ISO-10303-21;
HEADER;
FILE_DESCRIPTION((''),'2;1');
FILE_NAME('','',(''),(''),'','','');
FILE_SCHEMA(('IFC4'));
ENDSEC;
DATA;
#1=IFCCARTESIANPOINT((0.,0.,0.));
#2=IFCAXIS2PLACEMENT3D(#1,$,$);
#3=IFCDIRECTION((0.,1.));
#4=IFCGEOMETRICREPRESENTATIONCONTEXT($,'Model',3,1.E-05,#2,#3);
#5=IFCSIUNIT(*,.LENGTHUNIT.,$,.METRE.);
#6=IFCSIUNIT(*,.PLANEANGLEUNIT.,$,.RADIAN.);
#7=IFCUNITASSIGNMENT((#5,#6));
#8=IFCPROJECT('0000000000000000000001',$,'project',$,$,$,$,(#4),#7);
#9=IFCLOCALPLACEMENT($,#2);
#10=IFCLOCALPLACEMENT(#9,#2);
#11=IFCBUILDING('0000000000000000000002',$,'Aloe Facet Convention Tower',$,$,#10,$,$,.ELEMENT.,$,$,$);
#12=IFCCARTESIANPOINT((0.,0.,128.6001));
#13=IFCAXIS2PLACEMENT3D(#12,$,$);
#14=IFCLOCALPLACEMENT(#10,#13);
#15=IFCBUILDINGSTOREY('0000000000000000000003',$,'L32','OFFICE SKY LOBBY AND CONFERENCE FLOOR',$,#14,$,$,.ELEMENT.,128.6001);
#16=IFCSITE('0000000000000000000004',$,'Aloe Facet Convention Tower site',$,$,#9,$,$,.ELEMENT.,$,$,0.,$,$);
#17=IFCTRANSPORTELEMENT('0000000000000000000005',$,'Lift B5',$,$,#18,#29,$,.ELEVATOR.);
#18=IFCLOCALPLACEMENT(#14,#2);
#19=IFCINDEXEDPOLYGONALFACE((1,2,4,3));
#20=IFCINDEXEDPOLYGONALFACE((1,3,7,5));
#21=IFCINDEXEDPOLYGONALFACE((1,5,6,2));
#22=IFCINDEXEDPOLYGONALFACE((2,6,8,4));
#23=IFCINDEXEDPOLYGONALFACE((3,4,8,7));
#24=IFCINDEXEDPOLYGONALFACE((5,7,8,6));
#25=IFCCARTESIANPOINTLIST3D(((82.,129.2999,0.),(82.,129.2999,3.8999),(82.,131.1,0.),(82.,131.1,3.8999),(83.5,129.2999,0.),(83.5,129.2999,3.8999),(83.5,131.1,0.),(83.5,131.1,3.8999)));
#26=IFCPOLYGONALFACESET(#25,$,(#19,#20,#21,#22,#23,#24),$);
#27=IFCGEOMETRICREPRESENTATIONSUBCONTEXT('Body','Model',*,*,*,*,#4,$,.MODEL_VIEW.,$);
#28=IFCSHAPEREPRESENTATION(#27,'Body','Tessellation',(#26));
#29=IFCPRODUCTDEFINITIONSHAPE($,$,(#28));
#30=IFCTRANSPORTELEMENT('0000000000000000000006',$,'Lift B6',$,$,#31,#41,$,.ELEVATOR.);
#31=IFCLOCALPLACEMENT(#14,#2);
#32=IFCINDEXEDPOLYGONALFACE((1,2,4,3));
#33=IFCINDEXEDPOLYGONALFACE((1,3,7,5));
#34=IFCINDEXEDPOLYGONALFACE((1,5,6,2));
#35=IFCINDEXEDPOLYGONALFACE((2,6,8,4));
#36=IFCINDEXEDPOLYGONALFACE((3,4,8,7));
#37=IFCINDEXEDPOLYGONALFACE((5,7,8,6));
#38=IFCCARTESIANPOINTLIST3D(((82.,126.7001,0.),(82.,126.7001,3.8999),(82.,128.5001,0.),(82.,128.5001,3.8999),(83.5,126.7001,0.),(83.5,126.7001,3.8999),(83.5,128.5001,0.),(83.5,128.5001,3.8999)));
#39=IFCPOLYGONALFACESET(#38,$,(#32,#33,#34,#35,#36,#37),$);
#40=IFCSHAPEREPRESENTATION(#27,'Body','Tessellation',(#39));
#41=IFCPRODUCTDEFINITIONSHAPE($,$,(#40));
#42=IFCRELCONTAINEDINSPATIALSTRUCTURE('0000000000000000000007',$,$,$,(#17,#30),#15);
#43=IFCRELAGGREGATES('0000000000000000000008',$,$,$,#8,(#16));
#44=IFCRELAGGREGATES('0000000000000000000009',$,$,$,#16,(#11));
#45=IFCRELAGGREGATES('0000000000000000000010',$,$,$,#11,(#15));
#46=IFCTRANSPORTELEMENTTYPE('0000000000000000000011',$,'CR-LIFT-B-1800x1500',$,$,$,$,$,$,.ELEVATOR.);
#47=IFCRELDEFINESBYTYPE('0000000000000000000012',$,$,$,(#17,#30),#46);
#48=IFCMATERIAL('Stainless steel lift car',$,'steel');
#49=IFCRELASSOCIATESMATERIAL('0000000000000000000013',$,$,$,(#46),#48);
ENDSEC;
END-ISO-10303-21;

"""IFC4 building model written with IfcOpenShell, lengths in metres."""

from ifc_helpers import new_model, si_unit, direction, frame, origin, origin_2d, place, context, subcontext, project, spatial, rectangle, extrude, material, type_object, element, save


model = new_model("IFC4")

# Units and contexts
model_context = context("Model", 3, precision=1e-05, world=origin(), true_north=direction((0.0, 1.0)))
body_context = subcontext(model_context, "Body", "Model", "MODEL_VIEW")
ifc_project = project(units=[si_unit("LENGTHUNIT", "METRE"), si_unit("PLANEANGLEUNIT", "RADIAN")], contexts=[model_context])

# Site, building, storey
site_placement = place(None, origin())
site = spatial("IfcSite", under=ifc_project, at=site_placement, Name="Aloe Facet Convention Tower site", CompositionType="ELEMENT", RefElevation=0.0)
building_placement = place(site_placement, origin())
building = spatial("IfcBuilding", under=site, at=building_placement, Name="Aloe Facet Convention Tower", CompositionType="ELEMENT")
storey_placement = place(building_placement, frame((0.0, 0.0, 128.6001)))
storey = spatial("IfcBuildingStorey", under=building, at=storey_placement, Name="L32", Description="OFFICE SKY LOBBY AND CONFERENCE FLOOR", CompositionType="ELEMENT", Elevation=128.6001)

# Transport elements
ifc_material_1 = material(Name="Stainless steel lift car", Category="steel")
transport_element_type = type_object("IfcTransportElementType", Name="CR-LIFT-B-1800x1500", PredefinedType="ELEVATOR", material=ifc_material_1)
for number, where, z_axis, x_axis, name in (
    (1, (82.75, 130.2, 0.0), (0.0, 0.0, 1.0), (1.0, 0.0, 0.0), "Lift B5"),
    (2, (82.75, 127.6001, 0.0), (0.0, 0.0, 1.0), (1.0, 0.0, 0.0), "Lift B6"),
):
    element("IfcTransportElement", number, at=place(storey_placement, frame(where, z_axis=z_axis, x_axis=x_axis)), inside=storey, type_object=transport_element_type, Name=name, PredefinedType="ELEVATOR", context=body_context, shape_type="SweptSolid", body=[
        extrude(rectangle(XDim=1.5, YDim=1.8, at=origin_2d()), origin(), (0.0, 0.0, 1.0), 3.8999),
    ])

save(model, "model.ifc")
